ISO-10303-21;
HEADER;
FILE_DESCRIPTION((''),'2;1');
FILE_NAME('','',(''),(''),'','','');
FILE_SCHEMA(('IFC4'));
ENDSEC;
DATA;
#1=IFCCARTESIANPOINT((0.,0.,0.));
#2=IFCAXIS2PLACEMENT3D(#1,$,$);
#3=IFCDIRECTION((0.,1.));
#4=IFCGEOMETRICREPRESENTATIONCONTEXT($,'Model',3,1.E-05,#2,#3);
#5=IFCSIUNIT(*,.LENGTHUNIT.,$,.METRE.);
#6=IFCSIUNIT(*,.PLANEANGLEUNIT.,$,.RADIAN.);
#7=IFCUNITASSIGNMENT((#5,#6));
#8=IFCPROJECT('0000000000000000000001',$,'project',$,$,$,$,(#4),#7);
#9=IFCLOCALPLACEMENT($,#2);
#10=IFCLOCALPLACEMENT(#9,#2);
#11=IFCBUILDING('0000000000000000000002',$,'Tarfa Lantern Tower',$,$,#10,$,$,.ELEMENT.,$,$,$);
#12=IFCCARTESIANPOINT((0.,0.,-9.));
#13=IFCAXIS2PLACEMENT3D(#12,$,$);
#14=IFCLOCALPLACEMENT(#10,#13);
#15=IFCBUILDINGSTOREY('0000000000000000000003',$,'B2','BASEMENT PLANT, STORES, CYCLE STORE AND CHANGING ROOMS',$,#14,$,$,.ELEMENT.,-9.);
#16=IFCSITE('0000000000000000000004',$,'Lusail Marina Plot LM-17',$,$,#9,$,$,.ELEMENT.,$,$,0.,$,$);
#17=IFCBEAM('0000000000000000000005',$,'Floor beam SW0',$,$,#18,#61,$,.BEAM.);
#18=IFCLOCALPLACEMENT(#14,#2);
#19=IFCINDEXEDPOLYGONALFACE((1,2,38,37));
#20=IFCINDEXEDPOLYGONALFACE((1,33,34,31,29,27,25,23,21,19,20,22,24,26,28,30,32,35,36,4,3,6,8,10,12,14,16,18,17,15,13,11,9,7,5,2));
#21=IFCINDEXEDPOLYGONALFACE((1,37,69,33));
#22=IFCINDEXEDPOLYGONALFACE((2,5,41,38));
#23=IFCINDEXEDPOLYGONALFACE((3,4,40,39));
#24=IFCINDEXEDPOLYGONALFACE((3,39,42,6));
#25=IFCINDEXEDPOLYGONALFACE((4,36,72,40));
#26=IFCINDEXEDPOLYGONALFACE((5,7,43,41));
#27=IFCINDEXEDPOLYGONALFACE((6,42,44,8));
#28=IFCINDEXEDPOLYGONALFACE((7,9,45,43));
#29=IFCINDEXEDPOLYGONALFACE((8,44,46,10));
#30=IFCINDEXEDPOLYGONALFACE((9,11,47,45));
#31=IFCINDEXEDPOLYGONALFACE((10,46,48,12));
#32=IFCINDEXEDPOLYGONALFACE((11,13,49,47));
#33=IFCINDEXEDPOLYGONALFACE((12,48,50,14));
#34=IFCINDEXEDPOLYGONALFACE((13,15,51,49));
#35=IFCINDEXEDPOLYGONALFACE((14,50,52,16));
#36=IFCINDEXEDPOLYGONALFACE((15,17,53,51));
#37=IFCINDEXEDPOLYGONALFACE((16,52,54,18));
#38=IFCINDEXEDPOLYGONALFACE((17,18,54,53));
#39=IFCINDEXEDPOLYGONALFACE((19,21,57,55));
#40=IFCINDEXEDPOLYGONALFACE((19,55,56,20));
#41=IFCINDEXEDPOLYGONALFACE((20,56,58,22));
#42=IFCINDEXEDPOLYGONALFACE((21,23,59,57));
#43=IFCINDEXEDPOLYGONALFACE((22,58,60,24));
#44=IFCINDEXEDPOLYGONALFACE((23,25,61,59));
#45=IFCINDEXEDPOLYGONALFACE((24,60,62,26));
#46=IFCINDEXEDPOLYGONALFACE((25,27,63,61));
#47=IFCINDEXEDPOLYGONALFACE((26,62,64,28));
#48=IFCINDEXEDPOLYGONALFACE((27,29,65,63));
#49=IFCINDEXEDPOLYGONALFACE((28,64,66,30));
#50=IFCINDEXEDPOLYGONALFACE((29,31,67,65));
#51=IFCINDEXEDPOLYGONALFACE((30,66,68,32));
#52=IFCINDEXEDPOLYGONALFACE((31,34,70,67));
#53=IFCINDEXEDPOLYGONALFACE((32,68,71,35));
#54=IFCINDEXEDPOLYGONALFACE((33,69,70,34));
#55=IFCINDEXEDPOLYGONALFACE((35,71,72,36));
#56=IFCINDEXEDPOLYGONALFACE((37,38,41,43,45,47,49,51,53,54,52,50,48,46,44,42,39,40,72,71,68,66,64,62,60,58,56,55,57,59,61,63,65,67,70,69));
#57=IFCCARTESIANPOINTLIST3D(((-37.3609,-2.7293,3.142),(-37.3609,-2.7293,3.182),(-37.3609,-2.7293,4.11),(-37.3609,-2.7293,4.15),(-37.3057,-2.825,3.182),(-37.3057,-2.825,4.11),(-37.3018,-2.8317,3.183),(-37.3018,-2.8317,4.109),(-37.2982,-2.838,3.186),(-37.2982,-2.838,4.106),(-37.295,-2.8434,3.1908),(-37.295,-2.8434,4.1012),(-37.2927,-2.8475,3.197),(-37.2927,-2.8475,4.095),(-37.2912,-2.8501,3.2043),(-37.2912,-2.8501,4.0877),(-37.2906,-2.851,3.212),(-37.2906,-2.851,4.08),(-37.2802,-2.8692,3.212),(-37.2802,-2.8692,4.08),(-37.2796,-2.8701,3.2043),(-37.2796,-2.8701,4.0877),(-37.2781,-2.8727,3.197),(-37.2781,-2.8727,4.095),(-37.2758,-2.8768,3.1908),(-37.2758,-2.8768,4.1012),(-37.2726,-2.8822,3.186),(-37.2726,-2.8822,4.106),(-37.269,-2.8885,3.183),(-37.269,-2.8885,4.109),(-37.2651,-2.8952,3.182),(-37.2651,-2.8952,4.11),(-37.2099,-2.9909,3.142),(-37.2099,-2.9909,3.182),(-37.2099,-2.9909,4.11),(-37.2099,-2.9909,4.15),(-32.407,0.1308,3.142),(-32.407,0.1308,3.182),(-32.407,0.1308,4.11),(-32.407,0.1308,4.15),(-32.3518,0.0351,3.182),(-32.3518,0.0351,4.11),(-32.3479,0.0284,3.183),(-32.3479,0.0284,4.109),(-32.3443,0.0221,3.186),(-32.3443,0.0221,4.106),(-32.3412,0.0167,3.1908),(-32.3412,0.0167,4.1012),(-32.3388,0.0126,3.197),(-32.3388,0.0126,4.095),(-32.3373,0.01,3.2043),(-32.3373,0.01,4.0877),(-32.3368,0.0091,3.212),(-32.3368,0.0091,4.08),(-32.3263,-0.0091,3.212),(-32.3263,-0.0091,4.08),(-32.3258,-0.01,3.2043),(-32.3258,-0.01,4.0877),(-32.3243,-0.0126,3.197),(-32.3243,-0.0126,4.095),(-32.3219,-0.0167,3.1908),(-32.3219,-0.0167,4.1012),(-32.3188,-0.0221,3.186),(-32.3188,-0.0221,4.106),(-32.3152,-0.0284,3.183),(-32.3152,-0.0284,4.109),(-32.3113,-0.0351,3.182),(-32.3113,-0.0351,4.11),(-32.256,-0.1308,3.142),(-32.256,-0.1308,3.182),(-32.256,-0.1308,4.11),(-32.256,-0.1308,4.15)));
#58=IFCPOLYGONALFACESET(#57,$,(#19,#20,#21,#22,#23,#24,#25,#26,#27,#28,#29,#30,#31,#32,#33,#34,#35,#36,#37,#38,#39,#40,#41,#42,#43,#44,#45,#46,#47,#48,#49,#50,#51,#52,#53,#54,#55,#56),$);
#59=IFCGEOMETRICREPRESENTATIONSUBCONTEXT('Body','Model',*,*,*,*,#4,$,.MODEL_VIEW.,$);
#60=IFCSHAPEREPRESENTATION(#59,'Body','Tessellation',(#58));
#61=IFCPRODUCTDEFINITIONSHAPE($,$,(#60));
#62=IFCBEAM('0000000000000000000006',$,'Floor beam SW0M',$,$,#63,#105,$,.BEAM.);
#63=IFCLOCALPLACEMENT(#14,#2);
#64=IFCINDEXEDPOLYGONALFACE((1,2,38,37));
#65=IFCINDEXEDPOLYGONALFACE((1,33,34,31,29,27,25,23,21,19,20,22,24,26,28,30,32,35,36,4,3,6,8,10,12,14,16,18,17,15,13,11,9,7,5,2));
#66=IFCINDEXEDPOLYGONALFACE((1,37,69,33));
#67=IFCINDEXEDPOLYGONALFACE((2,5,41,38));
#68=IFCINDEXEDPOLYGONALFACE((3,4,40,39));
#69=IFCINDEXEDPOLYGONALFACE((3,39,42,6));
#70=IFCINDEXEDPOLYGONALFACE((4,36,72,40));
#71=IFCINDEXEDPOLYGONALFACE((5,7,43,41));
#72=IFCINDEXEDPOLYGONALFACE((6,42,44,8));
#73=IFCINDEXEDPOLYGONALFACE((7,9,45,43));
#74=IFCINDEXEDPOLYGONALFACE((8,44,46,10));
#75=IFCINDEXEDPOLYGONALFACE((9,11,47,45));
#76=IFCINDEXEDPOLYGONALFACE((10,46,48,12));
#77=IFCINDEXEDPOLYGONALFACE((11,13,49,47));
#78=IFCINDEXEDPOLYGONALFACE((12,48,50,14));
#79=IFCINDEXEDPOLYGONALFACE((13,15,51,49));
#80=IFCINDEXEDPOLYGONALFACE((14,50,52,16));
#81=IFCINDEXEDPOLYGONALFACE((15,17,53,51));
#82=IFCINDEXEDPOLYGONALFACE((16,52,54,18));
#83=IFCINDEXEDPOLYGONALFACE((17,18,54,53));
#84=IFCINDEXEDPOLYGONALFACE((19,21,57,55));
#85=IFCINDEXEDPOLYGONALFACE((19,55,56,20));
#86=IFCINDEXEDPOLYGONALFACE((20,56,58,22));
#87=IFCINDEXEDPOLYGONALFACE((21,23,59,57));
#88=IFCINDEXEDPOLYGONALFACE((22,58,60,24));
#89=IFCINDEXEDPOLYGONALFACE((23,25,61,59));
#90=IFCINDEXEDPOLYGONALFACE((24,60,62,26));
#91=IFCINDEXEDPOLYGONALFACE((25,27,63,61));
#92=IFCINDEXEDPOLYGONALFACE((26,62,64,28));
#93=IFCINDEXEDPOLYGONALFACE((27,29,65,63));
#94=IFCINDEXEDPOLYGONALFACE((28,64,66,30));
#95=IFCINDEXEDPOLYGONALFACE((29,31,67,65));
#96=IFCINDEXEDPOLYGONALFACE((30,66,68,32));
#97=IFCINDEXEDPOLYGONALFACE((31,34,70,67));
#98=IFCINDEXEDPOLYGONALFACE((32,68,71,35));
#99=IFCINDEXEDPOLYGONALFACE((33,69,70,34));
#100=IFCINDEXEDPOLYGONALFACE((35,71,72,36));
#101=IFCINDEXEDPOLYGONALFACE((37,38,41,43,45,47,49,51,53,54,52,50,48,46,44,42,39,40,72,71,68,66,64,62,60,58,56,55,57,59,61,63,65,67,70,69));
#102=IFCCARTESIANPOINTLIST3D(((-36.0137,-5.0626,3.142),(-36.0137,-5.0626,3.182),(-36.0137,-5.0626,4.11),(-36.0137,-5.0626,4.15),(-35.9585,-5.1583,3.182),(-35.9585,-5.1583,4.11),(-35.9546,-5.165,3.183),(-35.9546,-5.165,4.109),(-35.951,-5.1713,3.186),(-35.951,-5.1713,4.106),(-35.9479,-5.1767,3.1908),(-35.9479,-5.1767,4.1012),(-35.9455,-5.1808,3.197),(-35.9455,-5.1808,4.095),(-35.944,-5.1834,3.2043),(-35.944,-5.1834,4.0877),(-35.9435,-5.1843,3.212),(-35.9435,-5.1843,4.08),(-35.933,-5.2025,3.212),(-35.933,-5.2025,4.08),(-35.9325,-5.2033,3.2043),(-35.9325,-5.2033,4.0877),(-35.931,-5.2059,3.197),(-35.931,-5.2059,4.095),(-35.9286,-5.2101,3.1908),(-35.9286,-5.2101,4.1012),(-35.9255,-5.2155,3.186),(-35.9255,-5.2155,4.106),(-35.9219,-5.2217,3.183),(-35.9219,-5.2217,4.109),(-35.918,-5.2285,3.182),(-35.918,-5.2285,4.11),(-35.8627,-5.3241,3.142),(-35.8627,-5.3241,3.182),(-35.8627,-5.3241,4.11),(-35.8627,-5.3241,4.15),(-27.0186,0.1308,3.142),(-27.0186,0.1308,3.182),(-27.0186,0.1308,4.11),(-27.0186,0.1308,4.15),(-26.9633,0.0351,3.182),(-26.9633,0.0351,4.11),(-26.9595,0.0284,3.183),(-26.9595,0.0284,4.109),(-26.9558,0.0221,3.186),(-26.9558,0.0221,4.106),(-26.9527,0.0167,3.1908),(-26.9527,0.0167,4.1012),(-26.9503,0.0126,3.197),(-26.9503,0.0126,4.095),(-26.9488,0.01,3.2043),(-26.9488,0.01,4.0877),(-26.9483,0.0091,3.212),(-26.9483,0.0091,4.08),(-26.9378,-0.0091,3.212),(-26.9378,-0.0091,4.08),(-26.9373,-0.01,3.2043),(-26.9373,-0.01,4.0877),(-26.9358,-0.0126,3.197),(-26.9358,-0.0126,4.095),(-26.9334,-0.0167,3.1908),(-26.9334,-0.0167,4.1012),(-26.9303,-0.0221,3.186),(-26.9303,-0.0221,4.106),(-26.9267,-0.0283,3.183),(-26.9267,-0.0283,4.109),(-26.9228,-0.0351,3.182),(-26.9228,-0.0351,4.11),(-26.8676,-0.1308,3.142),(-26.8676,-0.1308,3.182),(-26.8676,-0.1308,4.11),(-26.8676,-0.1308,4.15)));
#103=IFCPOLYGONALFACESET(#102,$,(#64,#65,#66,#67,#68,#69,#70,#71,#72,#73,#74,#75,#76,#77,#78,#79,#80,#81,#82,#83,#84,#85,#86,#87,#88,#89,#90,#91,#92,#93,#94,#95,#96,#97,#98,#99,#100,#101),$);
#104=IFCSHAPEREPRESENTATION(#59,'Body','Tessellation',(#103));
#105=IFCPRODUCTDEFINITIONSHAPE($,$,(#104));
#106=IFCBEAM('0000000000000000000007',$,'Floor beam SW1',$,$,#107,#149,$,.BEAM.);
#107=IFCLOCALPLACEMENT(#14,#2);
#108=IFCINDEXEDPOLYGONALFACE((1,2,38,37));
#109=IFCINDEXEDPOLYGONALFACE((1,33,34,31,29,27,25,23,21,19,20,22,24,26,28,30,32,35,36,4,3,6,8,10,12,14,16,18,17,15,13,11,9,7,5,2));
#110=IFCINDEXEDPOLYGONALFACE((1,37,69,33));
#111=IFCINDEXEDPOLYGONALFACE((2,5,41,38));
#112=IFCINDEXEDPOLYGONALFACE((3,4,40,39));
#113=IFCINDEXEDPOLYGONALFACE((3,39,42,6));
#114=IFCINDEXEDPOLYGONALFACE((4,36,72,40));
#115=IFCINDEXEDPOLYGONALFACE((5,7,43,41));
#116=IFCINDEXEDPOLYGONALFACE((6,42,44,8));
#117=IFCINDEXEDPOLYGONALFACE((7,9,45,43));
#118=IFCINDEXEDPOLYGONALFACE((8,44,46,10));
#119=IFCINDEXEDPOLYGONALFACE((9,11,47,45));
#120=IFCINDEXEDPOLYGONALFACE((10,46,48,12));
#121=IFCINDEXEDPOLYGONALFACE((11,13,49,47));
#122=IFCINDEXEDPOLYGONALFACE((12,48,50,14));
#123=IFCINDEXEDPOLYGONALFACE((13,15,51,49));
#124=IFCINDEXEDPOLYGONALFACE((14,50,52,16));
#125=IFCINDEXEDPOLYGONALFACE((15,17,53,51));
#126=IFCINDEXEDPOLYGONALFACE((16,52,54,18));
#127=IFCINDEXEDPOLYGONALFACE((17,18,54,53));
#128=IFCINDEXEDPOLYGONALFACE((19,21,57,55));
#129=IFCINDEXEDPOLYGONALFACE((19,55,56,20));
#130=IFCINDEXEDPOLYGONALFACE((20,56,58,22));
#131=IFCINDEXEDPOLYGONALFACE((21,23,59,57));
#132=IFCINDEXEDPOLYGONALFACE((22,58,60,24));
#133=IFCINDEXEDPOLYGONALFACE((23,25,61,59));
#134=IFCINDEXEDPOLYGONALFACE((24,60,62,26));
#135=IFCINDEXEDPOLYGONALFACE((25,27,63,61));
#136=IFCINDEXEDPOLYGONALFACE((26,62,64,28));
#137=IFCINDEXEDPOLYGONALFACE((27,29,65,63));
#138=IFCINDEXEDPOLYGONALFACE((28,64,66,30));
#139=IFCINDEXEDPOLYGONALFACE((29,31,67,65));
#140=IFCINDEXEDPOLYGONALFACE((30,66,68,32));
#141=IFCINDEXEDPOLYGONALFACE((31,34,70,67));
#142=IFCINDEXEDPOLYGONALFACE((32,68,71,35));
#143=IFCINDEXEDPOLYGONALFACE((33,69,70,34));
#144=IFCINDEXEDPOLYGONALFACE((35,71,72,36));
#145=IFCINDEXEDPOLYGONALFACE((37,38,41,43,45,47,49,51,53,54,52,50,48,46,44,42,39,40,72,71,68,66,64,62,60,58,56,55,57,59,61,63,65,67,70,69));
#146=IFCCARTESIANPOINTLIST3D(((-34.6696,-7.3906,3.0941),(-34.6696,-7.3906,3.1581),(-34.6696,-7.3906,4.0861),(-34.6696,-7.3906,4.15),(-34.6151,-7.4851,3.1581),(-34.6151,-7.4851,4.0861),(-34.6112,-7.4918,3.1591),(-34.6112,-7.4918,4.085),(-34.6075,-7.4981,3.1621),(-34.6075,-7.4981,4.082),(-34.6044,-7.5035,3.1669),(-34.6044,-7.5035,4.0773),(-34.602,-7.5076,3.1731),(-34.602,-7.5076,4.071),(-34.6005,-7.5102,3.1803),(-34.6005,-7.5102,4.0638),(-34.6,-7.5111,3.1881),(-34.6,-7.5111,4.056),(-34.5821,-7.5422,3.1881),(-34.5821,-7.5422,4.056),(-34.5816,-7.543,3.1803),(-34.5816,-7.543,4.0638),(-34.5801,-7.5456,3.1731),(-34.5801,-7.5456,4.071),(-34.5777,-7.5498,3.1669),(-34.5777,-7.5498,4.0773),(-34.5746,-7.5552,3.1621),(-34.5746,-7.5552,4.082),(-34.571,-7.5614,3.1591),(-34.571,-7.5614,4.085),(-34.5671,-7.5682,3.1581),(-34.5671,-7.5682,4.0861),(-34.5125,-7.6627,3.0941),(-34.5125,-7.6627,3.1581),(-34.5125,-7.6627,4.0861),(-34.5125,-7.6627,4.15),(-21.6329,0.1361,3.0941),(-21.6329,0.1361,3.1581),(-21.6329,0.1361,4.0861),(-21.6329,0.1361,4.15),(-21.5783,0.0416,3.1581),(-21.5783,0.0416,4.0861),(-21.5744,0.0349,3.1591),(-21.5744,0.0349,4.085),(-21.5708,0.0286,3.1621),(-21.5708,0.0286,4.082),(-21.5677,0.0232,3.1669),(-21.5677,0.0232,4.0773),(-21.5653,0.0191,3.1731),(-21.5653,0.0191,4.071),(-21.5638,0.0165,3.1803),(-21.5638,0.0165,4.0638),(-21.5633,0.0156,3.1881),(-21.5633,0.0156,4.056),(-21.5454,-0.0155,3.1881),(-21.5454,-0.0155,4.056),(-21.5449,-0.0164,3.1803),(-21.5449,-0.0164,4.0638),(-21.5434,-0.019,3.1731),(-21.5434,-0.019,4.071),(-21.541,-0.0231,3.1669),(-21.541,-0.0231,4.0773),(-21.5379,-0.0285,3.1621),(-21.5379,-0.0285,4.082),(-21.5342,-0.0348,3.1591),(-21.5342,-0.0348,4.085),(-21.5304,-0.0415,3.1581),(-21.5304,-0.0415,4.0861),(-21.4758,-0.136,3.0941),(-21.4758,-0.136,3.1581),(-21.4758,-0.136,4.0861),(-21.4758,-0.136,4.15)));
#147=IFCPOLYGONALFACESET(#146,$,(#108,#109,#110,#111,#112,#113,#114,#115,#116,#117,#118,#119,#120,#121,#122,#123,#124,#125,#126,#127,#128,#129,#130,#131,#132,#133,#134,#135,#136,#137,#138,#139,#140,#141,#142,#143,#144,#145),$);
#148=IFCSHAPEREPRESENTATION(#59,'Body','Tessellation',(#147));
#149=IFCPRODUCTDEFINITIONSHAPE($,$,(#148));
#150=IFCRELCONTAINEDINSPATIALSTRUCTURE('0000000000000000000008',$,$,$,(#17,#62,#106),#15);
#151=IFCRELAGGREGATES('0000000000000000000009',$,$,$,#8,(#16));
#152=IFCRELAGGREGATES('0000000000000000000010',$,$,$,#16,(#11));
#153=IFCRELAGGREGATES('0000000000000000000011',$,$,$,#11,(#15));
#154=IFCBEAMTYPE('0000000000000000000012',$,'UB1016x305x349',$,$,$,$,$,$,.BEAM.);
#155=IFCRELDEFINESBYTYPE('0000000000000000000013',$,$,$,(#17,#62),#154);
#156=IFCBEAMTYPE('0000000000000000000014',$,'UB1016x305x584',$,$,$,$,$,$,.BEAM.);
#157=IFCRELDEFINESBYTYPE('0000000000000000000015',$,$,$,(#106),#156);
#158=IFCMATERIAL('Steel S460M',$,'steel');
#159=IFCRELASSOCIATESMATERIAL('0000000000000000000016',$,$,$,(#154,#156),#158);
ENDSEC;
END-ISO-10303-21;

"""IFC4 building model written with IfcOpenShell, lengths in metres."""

from ifc_helpers import new_model, si_unit, direction, frame, origin, origin_2d, place, context, subcontext, project, spatial, i_section, extrude, material, material_profile, profile_set, type_object, element, save


model = new_model("IFC4")

# Units and contexts
model_context = context("Model", 3, precision=1e-05, world=origin(), true_north=direction((0.0, 1.0)))
body_context = subcontext(model_context, "Body", "Model", "MODEL_VIEW")
ifc_project = project(units=[si_unit("LENGTHUNIT", "METRE"), si_unit("PLANEANGLEUNIT", "RADIAN")], contexts=[model_context])

# Site, building, storey
site_placement = place(None, origin())
site = spatial("IfcSite", under=ifc_project, at=site_placement, Name="Lusail Marina Plot LM-17", CompositionType="ELEMENT", RefElevation=0.0)
building_placement = place(site_placement, origin())
building = spatial("IfcBuilding", under=site, at=building_placement, Name="Tarfa Lantern Tower", CompositionType="ELEMENT")
storey_placement = place(building_placement, frame((0.0, 0.0, -9.0)))
storey = spatial("IfcBuildingStorey", under=building, at=storey_placement, Name="B2", Description="BASEMENT PLANT, STORES, CYCLE STORE AND CHANGING ROOMS", CompositionType="ELEMENT", Elevation=-9.0)

# Beams
ifc_material_1 = material(Name="Steel S460M", Category="steel")
ifc_material_profile_1 = material_profile(ifc_material_1, i_section(OverallWidth=0.302, OverallDepth=1.0081, WebThickness=0.021, FlangeThickness=0.04, FilletRadius=0.03, at=origin_2d()), Name="UB1016x305x349")
ifc_profile_set_1 = profile_set([ifc_material_profile_1], Name="Steel S460M")
beam_type_1 = type_object("IfcBeamType", Name="UB1016x305x349", PredefinedType="BEAM", material=ifc_profile_set_1)
beam_1_placement = place(storey_placement, frame((-37.2854, -2.8601, 3.646), z_axis=(0.866026, 0.5, 0.0), x_axis=(-0.5, 0.866026, 0.0)))
element("IfcBeam", 1, at=beam_1_placement, inside=storey, type_object=beam_type_1, Name="Floor beam SW0", PredefinedType="BEAM", context=body_context, shape_type="SweptSolid", body=[
    extrude(i_section(OverallWidth=0.302, OverallDepth=1.0081, WebThickness=0.021, FlangeThickness=0.04, FilletRadius=0.03, at=origin_2d()), origin(), (0.0, 0.0, 1.0), 5.7202),
])
beam_2_placement = place(storey_placement, frame((-35.9382, -5.1934, 3.646), z_axis=(0.866024, 0.500002, 0.0), x_axis=(-0.500002, 0.866024, 0.0)))
element("IfcBeam", 2, at=beam_2_placement, inside=storey, type_object=beam_type_1, Name="Floor beam SW0M", PredefinedType="BEAM", context=body_context, shape_type="SweptSolid", body=[
    extrude(i_section(OverallWidth=0.302, OverallDepth=1.0081, WebThickness=0.021, FlangeThickness=0.04, FilletRadius=0.03, at=origin_2d()), origin(), (0.0, 0.0, 1.0), 10.3867),
])
ifc_material_profile_2 = material_profile(ifc_material_1, i_section(OverallWidth=0.3142, OverallDepth=1.0559, WebThickness=0.0359, FlangeThickness=0.064, FilletRadius=0.03, at=origin_2d()), Name="UB1016x305x584")
ifc_profile_set_2 = profile_set([ifc_material_profile_2], Name="Steel S460M")
beam_type_2 = type_object("IfcBeamType", Name="UB1016x305x584", PredefinedType="BEAM", material=ifc_profile_set_2)
beam_3_placement = place(storey_placement, frame((-34.5911, -7.5266, 3.6221), z_axis=(0.866028, 0.499996, 0.0), x_axis=(-0.499996, 0.866028, 0.0)))
element("IfcBeam", 3, at=beam_3_placement, inside=storey, type_object=beam_type_2, Name="Floor beam SW1", PredefinedType="BEAM", context=body_context, shape_type="SweptSolid", body=[
    extrude(i_section(OverallWidth=0.3142, OverallDepth=1.0559, WebThickness=0.0359, FlangeThickness=0.064, FilletRadius=0.03, at=origin_2d()), origin(), (0.0, 0.0, 1.0), 15.0535),
])

save(model, "model.ifc")
